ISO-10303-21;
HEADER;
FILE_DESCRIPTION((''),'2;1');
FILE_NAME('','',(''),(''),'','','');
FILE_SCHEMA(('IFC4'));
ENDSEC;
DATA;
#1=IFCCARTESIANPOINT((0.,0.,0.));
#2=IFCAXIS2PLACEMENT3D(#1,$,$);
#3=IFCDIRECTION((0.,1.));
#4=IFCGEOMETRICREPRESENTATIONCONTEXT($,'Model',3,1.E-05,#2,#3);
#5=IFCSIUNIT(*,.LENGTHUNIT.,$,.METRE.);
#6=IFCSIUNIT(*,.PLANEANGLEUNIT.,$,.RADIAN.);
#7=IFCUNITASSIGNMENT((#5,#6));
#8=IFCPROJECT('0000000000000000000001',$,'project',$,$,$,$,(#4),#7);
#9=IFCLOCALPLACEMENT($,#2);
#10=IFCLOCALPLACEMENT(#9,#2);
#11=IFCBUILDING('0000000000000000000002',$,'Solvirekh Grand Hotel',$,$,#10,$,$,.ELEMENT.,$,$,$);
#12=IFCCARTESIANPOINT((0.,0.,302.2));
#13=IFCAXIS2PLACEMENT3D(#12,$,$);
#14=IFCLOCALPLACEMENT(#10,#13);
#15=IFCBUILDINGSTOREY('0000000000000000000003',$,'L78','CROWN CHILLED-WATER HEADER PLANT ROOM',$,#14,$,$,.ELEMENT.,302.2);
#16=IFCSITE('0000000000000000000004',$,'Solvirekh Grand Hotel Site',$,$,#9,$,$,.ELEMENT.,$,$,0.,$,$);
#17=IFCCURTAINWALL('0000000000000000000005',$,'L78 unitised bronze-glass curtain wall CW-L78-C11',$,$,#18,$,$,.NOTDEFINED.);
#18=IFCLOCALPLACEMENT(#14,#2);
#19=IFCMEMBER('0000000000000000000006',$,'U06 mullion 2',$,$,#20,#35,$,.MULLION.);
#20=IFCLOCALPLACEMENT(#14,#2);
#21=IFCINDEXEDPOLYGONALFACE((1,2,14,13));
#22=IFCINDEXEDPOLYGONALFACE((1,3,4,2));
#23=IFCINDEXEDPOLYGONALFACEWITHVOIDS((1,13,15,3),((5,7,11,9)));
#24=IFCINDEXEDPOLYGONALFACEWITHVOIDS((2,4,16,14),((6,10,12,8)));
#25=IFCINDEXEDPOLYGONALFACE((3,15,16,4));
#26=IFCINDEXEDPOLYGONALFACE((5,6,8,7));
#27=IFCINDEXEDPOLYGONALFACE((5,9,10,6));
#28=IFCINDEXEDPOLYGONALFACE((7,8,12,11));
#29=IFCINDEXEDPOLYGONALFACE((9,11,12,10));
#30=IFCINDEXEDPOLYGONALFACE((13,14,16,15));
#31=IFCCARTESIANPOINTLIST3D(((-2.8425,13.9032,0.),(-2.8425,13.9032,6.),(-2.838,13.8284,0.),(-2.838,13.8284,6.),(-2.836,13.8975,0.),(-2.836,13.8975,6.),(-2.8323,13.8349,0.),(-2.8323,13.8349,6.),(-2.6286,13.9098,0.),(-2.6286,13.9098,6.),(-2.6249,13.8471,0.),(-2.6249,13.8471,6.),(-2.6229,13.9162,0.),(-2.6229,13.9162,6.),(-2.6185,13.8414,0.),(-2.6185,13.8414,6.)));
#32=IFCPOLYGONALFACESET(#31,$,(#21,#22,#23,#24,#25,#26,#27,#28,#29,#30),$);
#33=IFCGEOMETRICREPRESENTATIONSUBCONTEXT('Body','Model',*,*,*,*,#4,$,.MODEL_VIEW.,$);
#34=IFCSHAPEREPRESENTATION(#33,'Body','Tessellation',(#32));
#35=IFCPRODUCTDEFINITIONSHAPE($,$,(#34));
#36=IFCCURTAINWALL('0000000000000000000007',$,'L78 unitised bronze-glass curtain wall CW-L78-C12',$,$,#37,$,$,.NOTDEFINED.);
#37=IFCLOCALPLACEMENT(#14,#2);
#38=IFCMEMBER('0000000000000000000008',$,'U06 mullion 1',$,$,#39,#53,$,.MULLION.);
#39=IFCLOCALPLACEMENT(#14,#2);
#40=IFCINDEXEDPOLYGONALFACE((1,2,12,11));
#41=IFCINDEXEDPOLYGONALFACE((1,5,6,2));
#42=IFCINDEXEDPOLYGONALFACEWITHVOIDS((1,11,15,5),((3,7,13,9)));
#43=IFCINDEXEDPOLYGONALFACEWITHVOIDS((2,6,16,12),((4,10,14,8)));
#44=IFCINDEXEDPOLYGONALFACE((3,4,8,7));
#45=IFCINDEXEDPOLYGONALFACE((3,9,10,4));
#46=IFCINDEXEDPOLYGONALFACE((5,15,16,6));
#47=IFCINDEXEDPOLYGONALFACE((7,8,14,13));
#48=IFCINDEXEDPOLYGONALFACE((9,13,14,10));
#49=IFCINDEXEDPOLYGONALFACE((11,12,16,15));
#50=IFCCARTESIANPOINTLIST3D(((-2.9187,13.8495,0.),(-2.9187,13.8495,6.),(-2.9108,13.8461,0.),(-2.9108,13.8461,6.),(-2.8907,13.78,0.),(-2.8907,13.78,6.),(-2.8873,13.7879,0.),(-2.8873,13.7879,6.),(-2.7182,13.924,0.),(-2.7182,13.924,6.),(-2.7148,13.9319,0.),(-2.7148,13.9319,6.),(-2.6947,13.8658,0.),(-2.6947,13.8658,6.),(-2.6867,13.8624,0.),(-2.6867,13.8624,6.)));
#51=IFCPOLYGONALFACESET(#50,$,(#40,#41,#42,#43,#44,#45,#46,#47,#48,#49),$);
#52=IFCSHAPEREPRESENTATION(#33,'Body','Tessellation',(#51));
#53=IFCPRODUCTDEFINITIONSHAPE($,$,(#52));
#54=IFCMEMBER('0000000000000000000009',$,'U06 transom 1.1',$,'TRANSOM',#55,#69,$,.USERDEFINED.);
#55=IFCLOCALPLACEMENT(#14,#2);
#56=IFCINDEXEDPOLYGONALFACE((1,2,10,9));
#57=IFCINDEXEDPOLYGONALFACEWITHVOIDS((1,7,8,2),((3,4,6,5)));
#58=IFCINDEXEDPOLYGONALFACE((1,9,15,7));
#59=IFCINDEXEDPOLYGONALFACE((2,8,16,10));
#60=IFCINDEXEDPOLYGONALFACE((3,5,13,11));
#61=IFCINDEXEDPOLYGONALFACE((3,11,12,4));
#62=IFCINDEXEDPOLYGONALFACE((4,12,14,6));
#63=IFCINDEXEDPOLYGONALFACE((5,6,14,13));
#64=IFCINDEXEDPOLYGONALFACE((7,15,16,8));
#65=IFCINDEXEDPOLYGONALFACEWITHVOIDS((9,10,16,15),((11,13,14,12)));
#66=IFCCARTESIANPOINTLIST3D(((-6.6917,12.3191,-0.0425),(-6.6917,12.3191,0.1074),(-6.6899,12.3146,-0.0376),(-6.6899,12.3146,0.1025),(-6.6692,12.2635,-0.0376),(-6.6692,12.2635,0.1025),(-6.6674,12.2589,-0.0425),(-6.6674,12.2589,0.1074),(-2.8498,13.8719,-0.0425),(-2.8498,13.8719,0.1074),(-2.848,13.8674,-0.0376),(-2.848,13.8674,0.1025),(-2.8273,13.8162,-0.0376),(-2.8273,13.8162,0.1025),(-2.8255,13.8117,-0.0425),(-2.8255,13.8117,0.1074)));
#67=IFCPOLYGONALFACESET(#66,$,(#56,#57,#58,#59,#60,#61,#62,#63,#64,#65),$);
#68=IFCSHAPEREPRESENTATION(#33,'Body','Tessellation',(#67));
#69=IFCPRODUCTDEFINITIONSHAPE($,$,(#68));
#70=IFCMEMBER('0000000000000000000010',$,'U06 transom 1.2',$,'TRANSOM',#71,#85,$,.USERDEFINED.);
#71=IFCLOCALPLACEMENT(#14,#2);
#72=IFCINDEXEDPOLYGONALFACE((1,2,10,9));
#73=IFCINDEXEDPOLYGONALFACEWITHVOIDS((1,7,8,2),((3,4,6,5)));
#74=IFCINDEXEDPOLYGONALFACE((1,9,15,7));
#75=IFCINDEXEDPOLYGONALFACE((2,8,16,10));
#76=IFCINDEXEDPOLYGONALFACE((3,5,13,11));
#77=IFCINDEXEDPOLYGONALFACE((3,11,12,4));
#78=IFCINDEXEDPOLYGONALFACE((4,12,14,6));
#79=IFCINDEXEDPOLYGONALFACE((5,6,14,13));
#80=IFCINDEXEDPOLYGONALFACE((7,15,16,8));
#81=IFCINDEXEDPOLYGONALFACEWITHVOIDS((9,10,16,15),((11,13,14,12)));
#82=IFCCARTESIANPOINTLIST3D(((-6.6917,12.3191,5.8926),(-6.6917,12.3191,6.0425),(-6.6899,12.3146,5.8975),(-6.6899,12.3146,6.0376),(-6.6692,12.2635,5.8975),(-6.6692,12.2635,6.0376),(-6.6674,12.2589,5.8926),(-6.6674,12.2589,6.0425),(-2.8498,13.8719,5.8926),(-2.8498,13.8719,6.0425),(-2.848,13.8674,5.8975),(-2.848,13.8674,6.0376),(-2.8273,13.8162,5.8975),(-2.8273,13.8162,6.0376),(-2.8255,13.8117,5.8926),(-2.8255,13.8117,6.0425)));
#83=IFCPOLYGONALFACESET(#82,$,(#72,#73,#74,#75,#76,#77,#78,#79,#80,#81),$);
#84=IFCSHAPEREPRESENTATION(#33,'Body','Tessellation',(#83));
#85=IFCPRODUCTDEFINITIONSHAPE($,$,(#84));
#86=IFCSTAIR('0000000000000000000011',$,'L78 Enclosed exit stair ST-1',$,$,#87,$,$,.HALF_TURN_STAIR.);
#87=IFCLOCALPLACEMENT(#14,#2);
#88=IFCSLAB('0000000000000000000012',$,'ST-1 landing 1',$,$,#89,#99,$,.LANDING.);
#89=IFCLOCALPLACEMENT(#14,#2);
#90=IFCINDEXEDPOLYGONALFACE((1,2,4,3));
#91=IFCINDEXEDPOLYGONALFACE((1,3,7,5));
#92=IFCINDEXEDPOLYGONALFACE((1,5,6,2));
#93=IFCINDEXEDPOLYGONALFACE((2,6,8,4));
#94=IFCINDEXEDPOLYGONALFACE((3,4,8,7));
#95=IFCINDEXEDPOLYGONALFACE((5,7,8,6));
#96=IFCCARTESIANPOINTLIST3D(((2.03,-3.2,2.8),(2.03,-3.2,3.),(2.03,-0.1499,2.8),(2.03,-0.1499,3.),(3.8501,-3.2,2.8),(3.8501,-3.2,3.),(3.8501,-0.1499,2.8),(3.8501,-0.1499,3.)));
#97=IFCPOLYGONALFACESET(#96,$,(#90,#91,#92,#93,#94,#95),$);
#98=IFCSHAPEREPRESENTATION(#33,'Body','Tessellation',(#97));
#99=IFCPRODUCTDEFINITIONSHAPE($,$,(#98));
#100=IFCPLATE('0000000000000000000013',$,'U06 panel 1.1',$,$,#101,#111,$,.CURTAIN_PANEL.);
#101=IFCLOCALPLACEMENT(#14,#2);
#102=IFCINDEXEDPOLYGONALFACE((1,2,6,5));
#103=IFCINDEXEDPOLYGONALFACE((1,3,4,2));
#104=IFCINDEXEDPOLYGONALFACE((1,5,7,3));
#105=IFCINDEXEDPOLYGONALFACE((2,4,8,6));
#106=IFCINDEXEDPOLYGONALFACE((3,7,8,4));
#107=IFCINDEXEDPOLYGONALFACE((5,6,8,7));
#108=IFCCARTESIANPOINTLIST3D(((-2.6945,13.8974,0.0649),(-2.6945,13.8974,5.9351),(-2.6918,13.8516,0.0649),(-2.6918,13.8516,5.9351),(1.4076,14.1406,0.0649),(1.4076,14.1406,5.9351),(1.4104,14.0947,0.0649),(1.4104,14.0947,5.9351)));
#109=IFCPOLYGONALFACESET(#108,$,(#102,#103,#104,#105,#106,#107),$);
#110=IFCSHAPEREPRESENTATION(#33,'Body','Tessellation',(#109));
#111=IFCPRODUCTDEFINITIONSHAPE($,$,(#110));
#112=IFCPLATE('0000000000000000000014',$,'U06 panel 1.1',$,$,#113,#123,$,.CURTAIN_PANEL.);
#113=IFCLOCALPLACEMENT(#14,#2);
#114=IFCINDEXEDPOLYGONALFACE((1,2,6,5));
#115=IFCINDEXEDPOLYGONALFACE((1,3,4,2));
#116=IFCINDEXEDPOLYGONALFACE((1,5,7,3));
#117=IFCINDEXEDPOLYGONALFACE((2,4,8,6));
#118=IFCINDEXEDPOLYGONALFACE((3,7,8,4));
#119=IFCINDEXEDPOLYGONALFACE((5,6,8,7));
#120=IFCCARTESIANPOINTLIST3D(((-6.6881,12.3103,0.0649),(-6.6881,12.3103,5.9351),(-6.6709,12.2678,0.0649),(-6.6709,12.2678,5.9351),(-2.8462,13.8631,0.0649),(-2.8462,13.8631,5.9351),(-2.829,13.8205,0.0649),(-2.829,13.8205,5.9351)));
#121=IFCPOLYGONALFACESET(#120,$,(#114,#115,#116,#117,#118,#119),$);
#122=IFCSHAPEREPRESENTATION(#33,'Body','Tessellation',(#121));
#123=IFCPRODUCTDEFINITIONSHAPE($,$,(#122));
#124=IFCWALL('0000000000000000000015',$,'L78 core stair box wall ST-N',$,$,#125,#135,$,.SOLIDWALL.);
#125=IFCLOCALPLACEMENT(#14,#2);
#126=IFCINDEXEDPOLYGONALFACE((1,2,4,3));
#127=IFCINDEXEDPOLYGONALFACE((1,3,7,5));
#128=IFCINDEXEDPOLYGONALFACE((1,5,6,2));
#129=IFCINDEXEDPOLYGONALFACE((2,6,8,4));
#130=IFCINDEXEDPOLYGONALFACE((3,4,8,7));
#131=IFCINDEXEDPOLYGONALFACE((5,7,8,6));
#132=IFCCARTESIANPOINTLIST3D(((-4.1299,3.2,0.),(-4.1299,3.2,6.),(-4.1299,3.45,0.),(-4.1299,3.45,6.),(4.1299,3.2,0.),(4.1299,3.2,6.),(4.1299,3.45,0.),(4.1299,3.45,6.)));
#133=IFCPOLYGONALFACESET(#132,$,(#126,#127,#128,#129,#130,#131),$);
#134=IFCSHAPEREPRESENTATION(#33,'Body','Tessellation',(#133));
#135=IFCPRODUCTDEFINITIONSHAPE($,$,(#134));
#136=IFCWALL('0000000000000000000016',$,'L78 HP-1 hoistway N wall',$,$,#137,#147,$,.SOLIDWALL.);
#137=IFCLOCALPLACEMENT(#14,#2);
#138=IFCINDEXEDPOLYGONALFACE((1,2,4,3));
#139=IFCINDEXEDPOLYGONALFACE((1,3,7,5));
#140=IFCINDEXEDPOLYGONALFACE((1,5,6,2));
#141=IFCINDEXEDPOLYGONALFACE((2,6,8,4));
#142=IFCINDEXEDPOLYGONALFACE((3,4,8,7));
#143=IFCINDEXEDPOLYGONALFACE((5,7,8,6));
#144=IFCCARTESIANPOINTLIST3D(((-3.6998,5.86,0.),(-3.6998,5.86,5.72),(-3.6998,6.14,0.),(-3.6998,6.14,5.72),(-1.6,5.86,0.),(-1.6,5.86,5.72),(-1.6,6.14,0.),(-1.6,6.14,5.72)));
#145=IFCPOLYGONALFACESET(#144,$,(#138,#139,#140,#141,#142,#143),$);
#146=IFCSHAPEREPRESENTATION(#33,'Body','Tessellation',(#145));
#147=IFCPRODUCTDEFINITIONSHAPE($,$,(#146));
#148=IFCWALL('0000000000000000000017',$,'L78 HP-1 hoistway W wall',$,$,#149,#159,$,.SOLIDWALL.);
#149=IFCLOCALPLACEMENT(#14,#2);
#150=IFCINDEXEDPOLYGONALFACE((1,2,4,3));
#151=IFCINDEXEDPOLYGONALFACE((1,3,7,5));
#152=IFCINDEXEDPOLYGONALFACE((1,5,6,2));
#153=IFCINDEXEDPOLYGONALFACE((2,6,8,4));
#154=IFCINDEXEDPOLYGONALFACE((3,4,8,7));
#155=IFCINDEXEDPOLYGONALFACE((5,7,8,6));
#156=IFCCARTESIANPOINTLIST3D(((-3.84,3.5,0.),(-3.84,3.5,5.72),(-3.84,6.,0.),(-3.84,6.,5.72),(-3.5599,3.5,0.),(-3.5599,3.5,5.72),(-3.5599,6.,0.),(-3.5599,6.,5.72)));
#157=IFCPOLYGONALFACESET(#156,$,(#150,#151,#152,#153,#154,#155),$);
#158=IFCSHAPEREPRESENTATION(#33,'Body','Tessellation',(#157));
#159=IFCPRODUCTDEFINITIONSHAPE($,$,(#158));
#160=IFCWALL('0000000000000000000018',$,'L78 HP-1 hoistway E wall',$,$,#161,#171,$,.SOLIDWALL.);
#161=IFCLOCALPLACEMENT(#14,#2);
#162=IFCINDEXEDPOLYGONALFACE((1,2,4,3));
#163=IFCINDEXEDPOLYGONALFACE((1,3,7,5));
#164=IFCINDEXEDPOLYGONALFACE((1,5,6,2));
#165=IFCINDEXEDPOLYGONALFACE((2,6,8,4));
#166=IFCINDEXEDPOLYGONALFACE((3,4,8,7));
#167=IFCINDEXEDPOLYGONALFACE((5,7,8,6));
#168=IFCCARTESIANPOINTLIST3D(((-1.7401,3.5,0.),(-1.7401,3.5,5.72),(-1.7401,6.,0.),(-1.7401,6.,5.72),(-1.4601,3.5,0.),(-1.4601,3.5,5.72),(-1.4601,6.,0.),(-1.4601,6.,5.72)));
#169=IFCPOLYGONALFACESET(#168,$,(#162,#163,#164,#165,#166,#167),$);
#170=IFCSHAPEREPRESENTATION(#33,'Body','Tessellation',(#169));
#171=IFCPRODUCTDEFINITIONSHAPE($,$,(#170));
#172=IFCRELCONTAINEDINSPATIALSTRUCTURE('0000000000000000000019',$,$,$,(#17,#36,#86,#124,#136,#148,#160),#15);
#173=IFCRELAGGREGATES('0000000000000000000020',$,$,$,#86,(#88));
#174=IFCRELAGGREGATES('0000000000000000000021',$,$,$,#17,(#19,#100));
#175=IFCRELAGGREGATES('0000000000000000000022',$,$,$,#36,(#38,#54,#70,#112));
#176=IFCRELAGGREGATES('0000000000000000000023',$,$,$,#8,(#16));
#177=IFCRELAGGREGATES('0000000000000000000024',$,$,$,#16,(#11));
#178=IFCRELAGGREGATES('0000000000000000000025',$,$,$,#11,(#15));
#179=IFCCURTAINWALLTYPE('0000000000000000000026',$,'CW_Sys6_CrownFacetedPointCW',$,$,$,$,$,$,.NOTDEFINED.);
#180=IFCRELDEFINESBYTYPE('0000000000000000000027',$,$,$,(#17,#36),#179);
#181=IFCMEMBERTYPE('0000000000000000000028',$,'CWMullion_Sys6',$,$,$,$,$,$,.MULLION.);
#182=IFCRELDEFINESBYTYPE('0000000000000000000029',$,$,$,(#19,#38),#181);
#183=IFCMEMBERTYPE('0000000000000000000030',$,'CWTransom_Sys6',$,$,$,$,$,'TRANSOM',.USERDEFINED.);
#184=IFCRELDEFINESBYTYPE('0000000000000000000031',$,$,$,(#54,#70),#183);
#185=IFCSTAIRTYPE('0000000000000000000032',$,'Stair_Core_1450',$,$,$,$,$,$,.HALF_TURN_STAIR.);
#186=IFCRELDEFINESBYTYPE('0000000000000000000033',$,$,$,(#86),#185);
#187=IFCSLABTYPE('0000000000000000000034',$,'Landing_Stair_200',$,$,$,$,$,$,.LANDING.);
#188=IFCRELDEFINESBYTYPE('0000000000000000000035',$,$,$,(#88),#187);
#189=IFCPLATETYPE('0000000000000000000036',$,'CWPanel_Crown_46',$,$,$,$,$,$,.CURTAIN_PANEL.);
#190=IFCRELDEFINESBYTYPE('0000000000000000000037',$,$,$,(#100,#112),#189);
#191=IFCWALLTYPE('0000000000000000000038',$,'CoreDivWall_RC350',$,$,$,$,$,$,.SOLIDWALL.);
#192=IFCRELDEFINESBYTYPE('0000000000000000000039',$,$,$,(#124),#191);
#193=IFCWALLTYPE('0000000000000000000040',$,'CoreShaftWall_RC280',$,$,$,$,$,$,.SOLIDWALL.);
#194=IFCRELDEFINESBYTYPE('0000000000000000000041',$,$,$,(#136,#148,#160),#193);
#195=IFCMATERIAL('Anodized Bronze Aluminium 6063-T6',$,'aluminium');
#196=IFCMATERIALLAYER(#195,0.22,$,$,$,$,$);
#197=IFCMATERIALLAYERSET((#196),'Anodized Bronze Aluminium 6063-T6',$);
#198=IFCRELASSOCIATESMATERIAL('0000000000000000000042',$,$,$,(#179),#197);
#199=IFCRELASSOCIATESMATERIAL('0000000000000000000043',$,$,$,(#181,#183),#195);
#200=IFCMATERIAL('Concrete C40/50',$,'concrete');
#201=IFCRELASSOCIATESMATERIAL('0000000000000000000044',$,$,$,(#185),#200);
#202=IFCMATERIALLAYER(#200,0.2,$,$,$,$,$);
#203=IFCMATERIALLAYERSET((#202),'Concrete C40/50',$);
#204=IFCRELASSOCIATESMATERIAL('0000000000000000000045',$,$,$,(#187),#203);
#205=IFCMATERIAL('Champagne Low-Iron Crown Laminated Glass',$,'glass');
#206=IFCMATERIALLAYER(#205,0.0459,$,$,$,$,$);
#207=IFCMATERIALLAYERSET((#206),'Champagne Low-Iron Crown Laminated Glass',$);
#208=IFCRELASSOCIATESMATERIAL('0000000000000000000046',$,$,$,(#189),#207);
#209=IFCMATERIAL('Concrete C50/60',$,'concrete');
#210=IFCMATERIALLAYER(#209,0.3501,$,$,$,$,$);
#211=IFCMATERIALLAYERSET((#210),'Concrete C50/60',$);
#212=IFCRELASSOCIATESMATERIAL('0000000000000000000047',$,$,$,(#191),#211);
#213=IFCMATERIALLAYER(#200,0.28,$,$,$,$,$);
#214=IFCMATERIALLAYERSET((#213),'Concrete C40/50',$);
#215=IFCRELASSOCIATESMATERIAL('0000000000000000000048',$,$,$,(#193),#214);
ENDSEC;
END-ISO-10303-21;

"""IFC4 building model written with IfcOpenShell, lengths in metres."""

from ifc_helpers import new_model, si_unit, direction, frame, frame_2d, origin, origin_2d, place, context, subcontext, project, spatial, polyline, rectangle, hollow_rectangle, outline, extrude, source, transform, mapped, material, layer, layer_set, material_profile, profile_set, type_object, element, aggregate, save


model = new_model("IFC4")

# Units and contexts
model_context = context("Model", 3, precision=1e-05, world=origin(), true_north=direction((0.0, 1.0)))
body_context = subcontext(model_context, "Body", "Model", "MODEL_VIEW")
ifc_project = project(units=[si_unit("LENGTHUNIT", "METRE"), si_unit("PLANEANGLEUNIT", "RADIAN")], contexts=[model_context])

# Site, building, storey
site_placement = place(None, origin())
site = spatial("IfcSite", under=ifc_project, at=site_placement, Name="Solvirekh Grand Hotel Site", CompositionType="ELEMENT", RefElevation=0.0)
building_placement = place(site_placement, origin())
building = spatial("IfcBuilding", under=site, at=building_placement, Name="Solvirekh Grand Hotel", CompositionType="ELEMENT")
storey_placement = place(building_placement, frame((0.0, 0.0, 302.2)))
storey = spatial("IfcBuildingStorey", under=building, at=storey_placement, Name="L78", Description="CROWN CHILLED-WATER HEADER PLANT ROOM", CompositionType="ELEMENT", Elevation=302.2)

# Shared definitions
ifc_material_1 = material(Name="Concrete C50/60", Category="concrete")

# Curtain wall, member
ifc_material_2 = material(Name="Anodized Bronze Aluminium 6063-T6", Category="aluminium")
ifc_layer_1 = layer(ifc_material_2, 0.22)
ifc_layer_set_1 = layer_set([ifc_layer_1], Name="Anodized Bronze Aluminium 6063-T6")
curtain_wall_type = type_object("IfcCurtainWallType", Name="CW_Sys6_CrownFacetedPointCW", PredefinedType="NOTDEFINED", material=ifc_layer_set_1)
curtain_wall_1_placement = place(storey_placement, origin())
curtain_wall_1 = element("IfcCurtainWall", 1, at=curtain_wall_1_placement, inside=storey, type_object=curtain_wall_type, Name="L78 unitised bronze-glass curtain wall CW-L78-C11", PredefinedType="NOTDEFINED")
ifc_material_profile_1 = material_profile(ifc_material_2, hollow_rectangle(XDim=0.075, YDim=0.22, WallThickness=0.0061, at=origin_2d()), Name="ALU RHS 220X75X6")
ifc_profile_set_1 = profile_set([ifc_material_profile_1], Name="Anodized Bronze Aluminium 6063-T6")
member_type_1 = type_object("IfcMemberType", Name="CWMullion_Sys6", PredefinedType="MULLION", material=ifc_profile_set_1)
shared_shape_1 = source(origin(), body_context, "Body", "SweptSolid", [
    extrude(hollow_rectangle(XDim=0.075, YDim=0.22, WallThickness=0.0061, at=origin_2d()), origin(), (0.0, 0.0, 1.0), 6.0),
])
member_1_placement = place(storey_placement, frame((-2.7305, 13.8723, 0.0), z_axis=(0.0, 0.0, 1.0), x_axis=(0.059162, -0.998248, 0.0)))
member_1 = element("IfcMember", 2, at=member_1_placement, type_object=member_type_1, Name="U06 mullion 2", PredefinedType="MULLION", context=body_context, shape_type="MappedRepresentation", body=[
    mapped(shared_shape_1, transform((0.0, 0.0, 0.0), x_axis=(1.0, 0.0, 0.0), y_axis=(0.0, 1.0, 0.0), z_axis=(0.0, 0.0, 1.0), scale=1.0)),
])

# Curtain wall, members
curtain_wall_2_placement = place(storey_placement, origin())
curtain_wall_2 = element("IfcCurtainWall", 3, at=curtain_wall_2_placement, inside=storey, type_object=curtain_wall_type, Name="L78 unitised bronze-glass curtain wall CW-L78-C12", PredefinedType="NOTDEFINED")
member_2_placement = place(storey_placement, frame((-2.8027, 13.856, 0.0), z_axis=(0.0, 0.0, 1.0), x_axis=(0.374721, -0.927138, 0.0)))
member_2 = element("IfcMember", 4, at=member_2_placement, type_object=member_type_1, Name="U06 mullion 1", PredefinedType="MULLION", context=body_context, shape_type="MappedRepresentation", body=[
    mapped(shared_shape_1, transform((0.0, 0.0, 0.0), x_axis=(1.0, 0.0, 0.0), y_axis=(0.0, 1.0, 0.0), z_axis=(0.0, 0.0, 1.0), scale=1.0)),
])
ifc_material_profile_2 = material_profile(ifc_material_2, hollow_rectangle(XDim=0.0649, YDim=0.1499, WallThickness=0.0049, at=origin_2d()), Name="ALU RHS 150X65X5")
ifc_profile_set_2 = profile_set([ifc_material_profile_2], Name="Anodized Bronze Aluminium 6063-T6")
member_type_2 = type_object("IfcMemberType", Name="CWTransom_Sys6", ElementType="TRANSOM", PredefinedType="USERDEFINED", material=ifc_profile_set_2)
shared_shape_2 = source(origin(), body_context, "Body", "SweptSolid", [
    extrude(hollow_rectangle(XDim=0.0649, YDim=0.1499, WallThickness=0.0049, at=origin_2d()), origin(), (0.0, 0.0, 1.0), 4.1438),
])
member_3_placement = place(storey_placement, frame((-2.8376, 13.8418, 0.0325), z_axis=(-0.927138, -0.37472, 0.0), x_axis=(0.37472, -0.927138, 0.0)))
member_3 = element("IfcMember", 5, at=member_3_placement, type_object=member_type_2, Name="U06 transom 1.1", ObjectType="TRANSOM", PredefinedType="USERDEFINED", context=body_context, shape_type="MappedRepresentation", body=[
    mapped(shared_shape_2, transform((0.0, 0.0, 0.0), x_axis=(1.0, 0.0, 0.0), y_axis=(0.0, 1.0, 0.0), z_axis=(0.0, 0.0, 1.0), scale=1.0)),
])
member_4_placement = place(storey_placement, frame((-2.8376, 13.8418, 5.9675), z_axis=(-0.927138, -0.37472, 0.0), x_axis=(0.37472, -0.927138, 0.0)))
member_4 = element("IfcMember", 6, at=member_4_placement, type_object=member_type_2, Name="U06 transom 1.2", ObjectType="TRANSOM", PredefinedType="USERDEFINED", context=body_context, shape_type="MappedRepresentation", body=[
    mapped(shared_shape_2, transform((0.0, 0.0, 0.0), x_axis=(1.0, 0.0, 0.0), y_axis=(0.0, 1.0, 0.0), z_axis=(0.0, 0.0, 1.0), scale=1.0)),
])

# Stair, slab
ifc_material_3 = material(Name="Concrete C40/50", Category="concrete")
stair_type = type_object("IfcStairType", Name="Stair_Core_1450", PredefinedType="HALF_TURN_STAIR", material=ifc_material_3)
stair_1_placement = place(storey_placement, origin())
stair_1 = element("IfcStair", 7, at=stair_1_placement, inside=storey, type_object=stair_type, Name="L78 Enclosed exit stair ST-1", PredefinedType="HALF_TURN_STAIR")
ifc_layer_2 = layer(ifc_material_3, 0.2)
ifc_layer_set_2 = layer_set([ifc_layer_2], Name="Concrete C40/50")
slab_type = type_object("IfcSlabType", Name="Landing_Stair_200", PredefinedType="LANDING", material=ifc_layer_set_2)
slab_placement = place(storey_placement, frame((0.0, 0.0, 2.8)))
slab = element("IfcSlab", 8, at=slab_placement, type_object=slab_type, Name="ST-1 landing 1", PredefinedType="LANDING", context=body_context, shape_type="SweptSolid", body=[
    extrude(outline(polyline([(2.03, -3.2), (3.8501, -3.2), (3.8501, -0.1499), (2.03, -0.1499), (2.03, -3.2)])), origin(), (0.0, 0.0, 1.0), 0.2),
])
aggregate(stair_1, [slab])

# Plates
ifc_material_4 = material(Name="Champagne Low-Iron Crown Laminated Glass", Category="glass")
ifc_layer_3 = layer(ifc_material_4, 0.0459)
ifc_layer_set_3 = layer_set([ifc_layer_3], Name="Champagne Low-Iron Crown Laminated Glass")
plate_type = type_object("IfcPlateType", Name="CWPanel_Crown_46", PredefinedType="CURTAIN_PANEL", material=ifc_layer_set_3)
shared_shape_3 = source(origin(), body_context, "Body", "SweptSolid", [
    extrude(rectangle(XDim=4.1094, YDim=0.0459, at=origin_2d()), origin(), (0.0, 0.0, 1.0), 5.8701),
])
plate_1_placement = place(storey_placement, frame((-0.6421, 13.9961, 0.0649), z_axis=(0.0, 0.0, 1.0), x_axis=(-0.998248, -0.059162, 0.0)))
plate_1 = element("IfcPlate", 9, at=plate_1_placement, type_object=plate_type, Name="U06 panel 1.1", PredefinedType="CURTAIN_PANEL", context=body_context, shape_type="MappedRepresentation", body=[
    mapped(shared_shape_3, transform((0.0, 0.0, 0.0), x_axis=(1.0, 0.0, 0.0), y_axis=(0.0, 1.0, 0.0), z_axis=(0.0, 0.0, 1.0), scale=1.0)),
])
aggregate(curtain_wall_1, [member_1, plate_1])
shared_shape_4 = source(origin(), body_context, "Body", "SweptSolid", [
    extrude(rectangle(XDim=4.1438, YDim=0.0459, at=origin_2d()), origin(), (0.0, 0.0, 1.0), 5.8701),
])
plate_2_placement = place(storey_placement, frame((-4.7585, 13.0654, 0.0649), z_axis=(0.0, 0.0, 1.0), x_axis=(-0.927138, -0.374721, 0.0)))
plate_2 = element("IfcPlate", 10, at=plate_2_placement, type_object=plate_type, Name="U06 panel 1.1", PredefinedType="CURTAIN_PANEL", context=body_context, shape_type="MappedRepresentation", body=[
    mapped(shared_shape_4, transform((0.0, 0.0, 0.0), x_axis=(1.0, 0.0, 0.0), y_axis=(0.0, 1.0, 0.0), z_axis=(0.0, 0.0, 1.0), scale=1.0)),
])
aggregate(curtain_wall_2, [member_2, member_3, member_4, plate_2])

# Walls
ifc_layer_4 = layer(ifc_material_1, 0.3501)
ifc_layer_set_4 = layer_set([ifc_layer_4], Name="Concrete C50/60")
wall_type_1 = type_object("IfcWallType", Name="CoreDivWall_RC350", PredefinedType="SOLIDWALL", material=ifc_layer_set_4)
wall_1_placement = place(storey_placement, frame((-4.1299, 3.325, 0.0), z_axis=(0.0, 0.0, 1.0), x_axis=(1.0, 0.0, 0.0)))
element("IfcWall", 11, at=wall_1_placement, inside=storey, type_object=wall_type_1, Name="L78 core stair box wall ST-N", PredefinedType="SOLIDWALL", context=body_context, shape_type="SweptSolid", body=[
    extrude(rectangle(XDim=8.2598, YDim=0.25, at=frame_2d((4.1299, 0.0))), origin(), (0.0, 0.0, 1.0), 6.0),
])
ifc_layer_5 = layer(ifc_material_3, 0.28)
ifc_layer_set_5 = layer_set([ifc_layer_5], Name="Concrete C40/50")
wall_type_2 = type_object("IfcWallType", Name="CoreShaftWall_RC280", PredefinedType="SOLIDWALL", material=ifc_layer_set_5)
wall_2_placement = place(storey_placement, frame((-1.6001, 6.0, 0.0), z_axis=(0.0, 0.0, 1.0), x_axis=(-1.0, 0.0, 0.0)))
element("IfcWall", 12, at=wall_2_placement, inside=storey, type_object=wall_type_2, Name="L78 HP-1 hoistway N wall", PredefinedType="SOLIDWALL", context=body_context, shape_type="SweptSolid", body=[
    extrude(rectangle(XDim=2.0999, YDim=0.28, at=frame_2d((1.0498, 0.0))), origin(), (0.0, 0.0, 1.0), 5.72),
])
for number, where, z_axis, x_axis, name in (
    (13, (-3.7, 6.0, 0.0), (0.0, 0.0, 1.0), (0.0, -1.0, 0.0), "L78 HP-1 hoistway W wall"),
    (14, (-1.6001, 3.5, 0.0), (0.0, 0.0, 1.0), (0.0, 1.0, 0.0), "L78 HP-1 hoistway E wall"),
):
    element("IfcWall", number, at=place(storey_placement, frame(where, z_axis=z_axis, x_axis=x_axis)), inside=storey, type_object=wall_type_2, Name=name, PredefinedType="SOLIDWALL", context=body_context, shape_type="SweptSolid", body=[
        extrude(rectangle(XDim=2.5, YDim=0.28, at=frame_2d((1.25, 0.0))), origin(), (0.0, 0.0, 1.0), 5.72),
    ])

save(model, "model.ifc")
